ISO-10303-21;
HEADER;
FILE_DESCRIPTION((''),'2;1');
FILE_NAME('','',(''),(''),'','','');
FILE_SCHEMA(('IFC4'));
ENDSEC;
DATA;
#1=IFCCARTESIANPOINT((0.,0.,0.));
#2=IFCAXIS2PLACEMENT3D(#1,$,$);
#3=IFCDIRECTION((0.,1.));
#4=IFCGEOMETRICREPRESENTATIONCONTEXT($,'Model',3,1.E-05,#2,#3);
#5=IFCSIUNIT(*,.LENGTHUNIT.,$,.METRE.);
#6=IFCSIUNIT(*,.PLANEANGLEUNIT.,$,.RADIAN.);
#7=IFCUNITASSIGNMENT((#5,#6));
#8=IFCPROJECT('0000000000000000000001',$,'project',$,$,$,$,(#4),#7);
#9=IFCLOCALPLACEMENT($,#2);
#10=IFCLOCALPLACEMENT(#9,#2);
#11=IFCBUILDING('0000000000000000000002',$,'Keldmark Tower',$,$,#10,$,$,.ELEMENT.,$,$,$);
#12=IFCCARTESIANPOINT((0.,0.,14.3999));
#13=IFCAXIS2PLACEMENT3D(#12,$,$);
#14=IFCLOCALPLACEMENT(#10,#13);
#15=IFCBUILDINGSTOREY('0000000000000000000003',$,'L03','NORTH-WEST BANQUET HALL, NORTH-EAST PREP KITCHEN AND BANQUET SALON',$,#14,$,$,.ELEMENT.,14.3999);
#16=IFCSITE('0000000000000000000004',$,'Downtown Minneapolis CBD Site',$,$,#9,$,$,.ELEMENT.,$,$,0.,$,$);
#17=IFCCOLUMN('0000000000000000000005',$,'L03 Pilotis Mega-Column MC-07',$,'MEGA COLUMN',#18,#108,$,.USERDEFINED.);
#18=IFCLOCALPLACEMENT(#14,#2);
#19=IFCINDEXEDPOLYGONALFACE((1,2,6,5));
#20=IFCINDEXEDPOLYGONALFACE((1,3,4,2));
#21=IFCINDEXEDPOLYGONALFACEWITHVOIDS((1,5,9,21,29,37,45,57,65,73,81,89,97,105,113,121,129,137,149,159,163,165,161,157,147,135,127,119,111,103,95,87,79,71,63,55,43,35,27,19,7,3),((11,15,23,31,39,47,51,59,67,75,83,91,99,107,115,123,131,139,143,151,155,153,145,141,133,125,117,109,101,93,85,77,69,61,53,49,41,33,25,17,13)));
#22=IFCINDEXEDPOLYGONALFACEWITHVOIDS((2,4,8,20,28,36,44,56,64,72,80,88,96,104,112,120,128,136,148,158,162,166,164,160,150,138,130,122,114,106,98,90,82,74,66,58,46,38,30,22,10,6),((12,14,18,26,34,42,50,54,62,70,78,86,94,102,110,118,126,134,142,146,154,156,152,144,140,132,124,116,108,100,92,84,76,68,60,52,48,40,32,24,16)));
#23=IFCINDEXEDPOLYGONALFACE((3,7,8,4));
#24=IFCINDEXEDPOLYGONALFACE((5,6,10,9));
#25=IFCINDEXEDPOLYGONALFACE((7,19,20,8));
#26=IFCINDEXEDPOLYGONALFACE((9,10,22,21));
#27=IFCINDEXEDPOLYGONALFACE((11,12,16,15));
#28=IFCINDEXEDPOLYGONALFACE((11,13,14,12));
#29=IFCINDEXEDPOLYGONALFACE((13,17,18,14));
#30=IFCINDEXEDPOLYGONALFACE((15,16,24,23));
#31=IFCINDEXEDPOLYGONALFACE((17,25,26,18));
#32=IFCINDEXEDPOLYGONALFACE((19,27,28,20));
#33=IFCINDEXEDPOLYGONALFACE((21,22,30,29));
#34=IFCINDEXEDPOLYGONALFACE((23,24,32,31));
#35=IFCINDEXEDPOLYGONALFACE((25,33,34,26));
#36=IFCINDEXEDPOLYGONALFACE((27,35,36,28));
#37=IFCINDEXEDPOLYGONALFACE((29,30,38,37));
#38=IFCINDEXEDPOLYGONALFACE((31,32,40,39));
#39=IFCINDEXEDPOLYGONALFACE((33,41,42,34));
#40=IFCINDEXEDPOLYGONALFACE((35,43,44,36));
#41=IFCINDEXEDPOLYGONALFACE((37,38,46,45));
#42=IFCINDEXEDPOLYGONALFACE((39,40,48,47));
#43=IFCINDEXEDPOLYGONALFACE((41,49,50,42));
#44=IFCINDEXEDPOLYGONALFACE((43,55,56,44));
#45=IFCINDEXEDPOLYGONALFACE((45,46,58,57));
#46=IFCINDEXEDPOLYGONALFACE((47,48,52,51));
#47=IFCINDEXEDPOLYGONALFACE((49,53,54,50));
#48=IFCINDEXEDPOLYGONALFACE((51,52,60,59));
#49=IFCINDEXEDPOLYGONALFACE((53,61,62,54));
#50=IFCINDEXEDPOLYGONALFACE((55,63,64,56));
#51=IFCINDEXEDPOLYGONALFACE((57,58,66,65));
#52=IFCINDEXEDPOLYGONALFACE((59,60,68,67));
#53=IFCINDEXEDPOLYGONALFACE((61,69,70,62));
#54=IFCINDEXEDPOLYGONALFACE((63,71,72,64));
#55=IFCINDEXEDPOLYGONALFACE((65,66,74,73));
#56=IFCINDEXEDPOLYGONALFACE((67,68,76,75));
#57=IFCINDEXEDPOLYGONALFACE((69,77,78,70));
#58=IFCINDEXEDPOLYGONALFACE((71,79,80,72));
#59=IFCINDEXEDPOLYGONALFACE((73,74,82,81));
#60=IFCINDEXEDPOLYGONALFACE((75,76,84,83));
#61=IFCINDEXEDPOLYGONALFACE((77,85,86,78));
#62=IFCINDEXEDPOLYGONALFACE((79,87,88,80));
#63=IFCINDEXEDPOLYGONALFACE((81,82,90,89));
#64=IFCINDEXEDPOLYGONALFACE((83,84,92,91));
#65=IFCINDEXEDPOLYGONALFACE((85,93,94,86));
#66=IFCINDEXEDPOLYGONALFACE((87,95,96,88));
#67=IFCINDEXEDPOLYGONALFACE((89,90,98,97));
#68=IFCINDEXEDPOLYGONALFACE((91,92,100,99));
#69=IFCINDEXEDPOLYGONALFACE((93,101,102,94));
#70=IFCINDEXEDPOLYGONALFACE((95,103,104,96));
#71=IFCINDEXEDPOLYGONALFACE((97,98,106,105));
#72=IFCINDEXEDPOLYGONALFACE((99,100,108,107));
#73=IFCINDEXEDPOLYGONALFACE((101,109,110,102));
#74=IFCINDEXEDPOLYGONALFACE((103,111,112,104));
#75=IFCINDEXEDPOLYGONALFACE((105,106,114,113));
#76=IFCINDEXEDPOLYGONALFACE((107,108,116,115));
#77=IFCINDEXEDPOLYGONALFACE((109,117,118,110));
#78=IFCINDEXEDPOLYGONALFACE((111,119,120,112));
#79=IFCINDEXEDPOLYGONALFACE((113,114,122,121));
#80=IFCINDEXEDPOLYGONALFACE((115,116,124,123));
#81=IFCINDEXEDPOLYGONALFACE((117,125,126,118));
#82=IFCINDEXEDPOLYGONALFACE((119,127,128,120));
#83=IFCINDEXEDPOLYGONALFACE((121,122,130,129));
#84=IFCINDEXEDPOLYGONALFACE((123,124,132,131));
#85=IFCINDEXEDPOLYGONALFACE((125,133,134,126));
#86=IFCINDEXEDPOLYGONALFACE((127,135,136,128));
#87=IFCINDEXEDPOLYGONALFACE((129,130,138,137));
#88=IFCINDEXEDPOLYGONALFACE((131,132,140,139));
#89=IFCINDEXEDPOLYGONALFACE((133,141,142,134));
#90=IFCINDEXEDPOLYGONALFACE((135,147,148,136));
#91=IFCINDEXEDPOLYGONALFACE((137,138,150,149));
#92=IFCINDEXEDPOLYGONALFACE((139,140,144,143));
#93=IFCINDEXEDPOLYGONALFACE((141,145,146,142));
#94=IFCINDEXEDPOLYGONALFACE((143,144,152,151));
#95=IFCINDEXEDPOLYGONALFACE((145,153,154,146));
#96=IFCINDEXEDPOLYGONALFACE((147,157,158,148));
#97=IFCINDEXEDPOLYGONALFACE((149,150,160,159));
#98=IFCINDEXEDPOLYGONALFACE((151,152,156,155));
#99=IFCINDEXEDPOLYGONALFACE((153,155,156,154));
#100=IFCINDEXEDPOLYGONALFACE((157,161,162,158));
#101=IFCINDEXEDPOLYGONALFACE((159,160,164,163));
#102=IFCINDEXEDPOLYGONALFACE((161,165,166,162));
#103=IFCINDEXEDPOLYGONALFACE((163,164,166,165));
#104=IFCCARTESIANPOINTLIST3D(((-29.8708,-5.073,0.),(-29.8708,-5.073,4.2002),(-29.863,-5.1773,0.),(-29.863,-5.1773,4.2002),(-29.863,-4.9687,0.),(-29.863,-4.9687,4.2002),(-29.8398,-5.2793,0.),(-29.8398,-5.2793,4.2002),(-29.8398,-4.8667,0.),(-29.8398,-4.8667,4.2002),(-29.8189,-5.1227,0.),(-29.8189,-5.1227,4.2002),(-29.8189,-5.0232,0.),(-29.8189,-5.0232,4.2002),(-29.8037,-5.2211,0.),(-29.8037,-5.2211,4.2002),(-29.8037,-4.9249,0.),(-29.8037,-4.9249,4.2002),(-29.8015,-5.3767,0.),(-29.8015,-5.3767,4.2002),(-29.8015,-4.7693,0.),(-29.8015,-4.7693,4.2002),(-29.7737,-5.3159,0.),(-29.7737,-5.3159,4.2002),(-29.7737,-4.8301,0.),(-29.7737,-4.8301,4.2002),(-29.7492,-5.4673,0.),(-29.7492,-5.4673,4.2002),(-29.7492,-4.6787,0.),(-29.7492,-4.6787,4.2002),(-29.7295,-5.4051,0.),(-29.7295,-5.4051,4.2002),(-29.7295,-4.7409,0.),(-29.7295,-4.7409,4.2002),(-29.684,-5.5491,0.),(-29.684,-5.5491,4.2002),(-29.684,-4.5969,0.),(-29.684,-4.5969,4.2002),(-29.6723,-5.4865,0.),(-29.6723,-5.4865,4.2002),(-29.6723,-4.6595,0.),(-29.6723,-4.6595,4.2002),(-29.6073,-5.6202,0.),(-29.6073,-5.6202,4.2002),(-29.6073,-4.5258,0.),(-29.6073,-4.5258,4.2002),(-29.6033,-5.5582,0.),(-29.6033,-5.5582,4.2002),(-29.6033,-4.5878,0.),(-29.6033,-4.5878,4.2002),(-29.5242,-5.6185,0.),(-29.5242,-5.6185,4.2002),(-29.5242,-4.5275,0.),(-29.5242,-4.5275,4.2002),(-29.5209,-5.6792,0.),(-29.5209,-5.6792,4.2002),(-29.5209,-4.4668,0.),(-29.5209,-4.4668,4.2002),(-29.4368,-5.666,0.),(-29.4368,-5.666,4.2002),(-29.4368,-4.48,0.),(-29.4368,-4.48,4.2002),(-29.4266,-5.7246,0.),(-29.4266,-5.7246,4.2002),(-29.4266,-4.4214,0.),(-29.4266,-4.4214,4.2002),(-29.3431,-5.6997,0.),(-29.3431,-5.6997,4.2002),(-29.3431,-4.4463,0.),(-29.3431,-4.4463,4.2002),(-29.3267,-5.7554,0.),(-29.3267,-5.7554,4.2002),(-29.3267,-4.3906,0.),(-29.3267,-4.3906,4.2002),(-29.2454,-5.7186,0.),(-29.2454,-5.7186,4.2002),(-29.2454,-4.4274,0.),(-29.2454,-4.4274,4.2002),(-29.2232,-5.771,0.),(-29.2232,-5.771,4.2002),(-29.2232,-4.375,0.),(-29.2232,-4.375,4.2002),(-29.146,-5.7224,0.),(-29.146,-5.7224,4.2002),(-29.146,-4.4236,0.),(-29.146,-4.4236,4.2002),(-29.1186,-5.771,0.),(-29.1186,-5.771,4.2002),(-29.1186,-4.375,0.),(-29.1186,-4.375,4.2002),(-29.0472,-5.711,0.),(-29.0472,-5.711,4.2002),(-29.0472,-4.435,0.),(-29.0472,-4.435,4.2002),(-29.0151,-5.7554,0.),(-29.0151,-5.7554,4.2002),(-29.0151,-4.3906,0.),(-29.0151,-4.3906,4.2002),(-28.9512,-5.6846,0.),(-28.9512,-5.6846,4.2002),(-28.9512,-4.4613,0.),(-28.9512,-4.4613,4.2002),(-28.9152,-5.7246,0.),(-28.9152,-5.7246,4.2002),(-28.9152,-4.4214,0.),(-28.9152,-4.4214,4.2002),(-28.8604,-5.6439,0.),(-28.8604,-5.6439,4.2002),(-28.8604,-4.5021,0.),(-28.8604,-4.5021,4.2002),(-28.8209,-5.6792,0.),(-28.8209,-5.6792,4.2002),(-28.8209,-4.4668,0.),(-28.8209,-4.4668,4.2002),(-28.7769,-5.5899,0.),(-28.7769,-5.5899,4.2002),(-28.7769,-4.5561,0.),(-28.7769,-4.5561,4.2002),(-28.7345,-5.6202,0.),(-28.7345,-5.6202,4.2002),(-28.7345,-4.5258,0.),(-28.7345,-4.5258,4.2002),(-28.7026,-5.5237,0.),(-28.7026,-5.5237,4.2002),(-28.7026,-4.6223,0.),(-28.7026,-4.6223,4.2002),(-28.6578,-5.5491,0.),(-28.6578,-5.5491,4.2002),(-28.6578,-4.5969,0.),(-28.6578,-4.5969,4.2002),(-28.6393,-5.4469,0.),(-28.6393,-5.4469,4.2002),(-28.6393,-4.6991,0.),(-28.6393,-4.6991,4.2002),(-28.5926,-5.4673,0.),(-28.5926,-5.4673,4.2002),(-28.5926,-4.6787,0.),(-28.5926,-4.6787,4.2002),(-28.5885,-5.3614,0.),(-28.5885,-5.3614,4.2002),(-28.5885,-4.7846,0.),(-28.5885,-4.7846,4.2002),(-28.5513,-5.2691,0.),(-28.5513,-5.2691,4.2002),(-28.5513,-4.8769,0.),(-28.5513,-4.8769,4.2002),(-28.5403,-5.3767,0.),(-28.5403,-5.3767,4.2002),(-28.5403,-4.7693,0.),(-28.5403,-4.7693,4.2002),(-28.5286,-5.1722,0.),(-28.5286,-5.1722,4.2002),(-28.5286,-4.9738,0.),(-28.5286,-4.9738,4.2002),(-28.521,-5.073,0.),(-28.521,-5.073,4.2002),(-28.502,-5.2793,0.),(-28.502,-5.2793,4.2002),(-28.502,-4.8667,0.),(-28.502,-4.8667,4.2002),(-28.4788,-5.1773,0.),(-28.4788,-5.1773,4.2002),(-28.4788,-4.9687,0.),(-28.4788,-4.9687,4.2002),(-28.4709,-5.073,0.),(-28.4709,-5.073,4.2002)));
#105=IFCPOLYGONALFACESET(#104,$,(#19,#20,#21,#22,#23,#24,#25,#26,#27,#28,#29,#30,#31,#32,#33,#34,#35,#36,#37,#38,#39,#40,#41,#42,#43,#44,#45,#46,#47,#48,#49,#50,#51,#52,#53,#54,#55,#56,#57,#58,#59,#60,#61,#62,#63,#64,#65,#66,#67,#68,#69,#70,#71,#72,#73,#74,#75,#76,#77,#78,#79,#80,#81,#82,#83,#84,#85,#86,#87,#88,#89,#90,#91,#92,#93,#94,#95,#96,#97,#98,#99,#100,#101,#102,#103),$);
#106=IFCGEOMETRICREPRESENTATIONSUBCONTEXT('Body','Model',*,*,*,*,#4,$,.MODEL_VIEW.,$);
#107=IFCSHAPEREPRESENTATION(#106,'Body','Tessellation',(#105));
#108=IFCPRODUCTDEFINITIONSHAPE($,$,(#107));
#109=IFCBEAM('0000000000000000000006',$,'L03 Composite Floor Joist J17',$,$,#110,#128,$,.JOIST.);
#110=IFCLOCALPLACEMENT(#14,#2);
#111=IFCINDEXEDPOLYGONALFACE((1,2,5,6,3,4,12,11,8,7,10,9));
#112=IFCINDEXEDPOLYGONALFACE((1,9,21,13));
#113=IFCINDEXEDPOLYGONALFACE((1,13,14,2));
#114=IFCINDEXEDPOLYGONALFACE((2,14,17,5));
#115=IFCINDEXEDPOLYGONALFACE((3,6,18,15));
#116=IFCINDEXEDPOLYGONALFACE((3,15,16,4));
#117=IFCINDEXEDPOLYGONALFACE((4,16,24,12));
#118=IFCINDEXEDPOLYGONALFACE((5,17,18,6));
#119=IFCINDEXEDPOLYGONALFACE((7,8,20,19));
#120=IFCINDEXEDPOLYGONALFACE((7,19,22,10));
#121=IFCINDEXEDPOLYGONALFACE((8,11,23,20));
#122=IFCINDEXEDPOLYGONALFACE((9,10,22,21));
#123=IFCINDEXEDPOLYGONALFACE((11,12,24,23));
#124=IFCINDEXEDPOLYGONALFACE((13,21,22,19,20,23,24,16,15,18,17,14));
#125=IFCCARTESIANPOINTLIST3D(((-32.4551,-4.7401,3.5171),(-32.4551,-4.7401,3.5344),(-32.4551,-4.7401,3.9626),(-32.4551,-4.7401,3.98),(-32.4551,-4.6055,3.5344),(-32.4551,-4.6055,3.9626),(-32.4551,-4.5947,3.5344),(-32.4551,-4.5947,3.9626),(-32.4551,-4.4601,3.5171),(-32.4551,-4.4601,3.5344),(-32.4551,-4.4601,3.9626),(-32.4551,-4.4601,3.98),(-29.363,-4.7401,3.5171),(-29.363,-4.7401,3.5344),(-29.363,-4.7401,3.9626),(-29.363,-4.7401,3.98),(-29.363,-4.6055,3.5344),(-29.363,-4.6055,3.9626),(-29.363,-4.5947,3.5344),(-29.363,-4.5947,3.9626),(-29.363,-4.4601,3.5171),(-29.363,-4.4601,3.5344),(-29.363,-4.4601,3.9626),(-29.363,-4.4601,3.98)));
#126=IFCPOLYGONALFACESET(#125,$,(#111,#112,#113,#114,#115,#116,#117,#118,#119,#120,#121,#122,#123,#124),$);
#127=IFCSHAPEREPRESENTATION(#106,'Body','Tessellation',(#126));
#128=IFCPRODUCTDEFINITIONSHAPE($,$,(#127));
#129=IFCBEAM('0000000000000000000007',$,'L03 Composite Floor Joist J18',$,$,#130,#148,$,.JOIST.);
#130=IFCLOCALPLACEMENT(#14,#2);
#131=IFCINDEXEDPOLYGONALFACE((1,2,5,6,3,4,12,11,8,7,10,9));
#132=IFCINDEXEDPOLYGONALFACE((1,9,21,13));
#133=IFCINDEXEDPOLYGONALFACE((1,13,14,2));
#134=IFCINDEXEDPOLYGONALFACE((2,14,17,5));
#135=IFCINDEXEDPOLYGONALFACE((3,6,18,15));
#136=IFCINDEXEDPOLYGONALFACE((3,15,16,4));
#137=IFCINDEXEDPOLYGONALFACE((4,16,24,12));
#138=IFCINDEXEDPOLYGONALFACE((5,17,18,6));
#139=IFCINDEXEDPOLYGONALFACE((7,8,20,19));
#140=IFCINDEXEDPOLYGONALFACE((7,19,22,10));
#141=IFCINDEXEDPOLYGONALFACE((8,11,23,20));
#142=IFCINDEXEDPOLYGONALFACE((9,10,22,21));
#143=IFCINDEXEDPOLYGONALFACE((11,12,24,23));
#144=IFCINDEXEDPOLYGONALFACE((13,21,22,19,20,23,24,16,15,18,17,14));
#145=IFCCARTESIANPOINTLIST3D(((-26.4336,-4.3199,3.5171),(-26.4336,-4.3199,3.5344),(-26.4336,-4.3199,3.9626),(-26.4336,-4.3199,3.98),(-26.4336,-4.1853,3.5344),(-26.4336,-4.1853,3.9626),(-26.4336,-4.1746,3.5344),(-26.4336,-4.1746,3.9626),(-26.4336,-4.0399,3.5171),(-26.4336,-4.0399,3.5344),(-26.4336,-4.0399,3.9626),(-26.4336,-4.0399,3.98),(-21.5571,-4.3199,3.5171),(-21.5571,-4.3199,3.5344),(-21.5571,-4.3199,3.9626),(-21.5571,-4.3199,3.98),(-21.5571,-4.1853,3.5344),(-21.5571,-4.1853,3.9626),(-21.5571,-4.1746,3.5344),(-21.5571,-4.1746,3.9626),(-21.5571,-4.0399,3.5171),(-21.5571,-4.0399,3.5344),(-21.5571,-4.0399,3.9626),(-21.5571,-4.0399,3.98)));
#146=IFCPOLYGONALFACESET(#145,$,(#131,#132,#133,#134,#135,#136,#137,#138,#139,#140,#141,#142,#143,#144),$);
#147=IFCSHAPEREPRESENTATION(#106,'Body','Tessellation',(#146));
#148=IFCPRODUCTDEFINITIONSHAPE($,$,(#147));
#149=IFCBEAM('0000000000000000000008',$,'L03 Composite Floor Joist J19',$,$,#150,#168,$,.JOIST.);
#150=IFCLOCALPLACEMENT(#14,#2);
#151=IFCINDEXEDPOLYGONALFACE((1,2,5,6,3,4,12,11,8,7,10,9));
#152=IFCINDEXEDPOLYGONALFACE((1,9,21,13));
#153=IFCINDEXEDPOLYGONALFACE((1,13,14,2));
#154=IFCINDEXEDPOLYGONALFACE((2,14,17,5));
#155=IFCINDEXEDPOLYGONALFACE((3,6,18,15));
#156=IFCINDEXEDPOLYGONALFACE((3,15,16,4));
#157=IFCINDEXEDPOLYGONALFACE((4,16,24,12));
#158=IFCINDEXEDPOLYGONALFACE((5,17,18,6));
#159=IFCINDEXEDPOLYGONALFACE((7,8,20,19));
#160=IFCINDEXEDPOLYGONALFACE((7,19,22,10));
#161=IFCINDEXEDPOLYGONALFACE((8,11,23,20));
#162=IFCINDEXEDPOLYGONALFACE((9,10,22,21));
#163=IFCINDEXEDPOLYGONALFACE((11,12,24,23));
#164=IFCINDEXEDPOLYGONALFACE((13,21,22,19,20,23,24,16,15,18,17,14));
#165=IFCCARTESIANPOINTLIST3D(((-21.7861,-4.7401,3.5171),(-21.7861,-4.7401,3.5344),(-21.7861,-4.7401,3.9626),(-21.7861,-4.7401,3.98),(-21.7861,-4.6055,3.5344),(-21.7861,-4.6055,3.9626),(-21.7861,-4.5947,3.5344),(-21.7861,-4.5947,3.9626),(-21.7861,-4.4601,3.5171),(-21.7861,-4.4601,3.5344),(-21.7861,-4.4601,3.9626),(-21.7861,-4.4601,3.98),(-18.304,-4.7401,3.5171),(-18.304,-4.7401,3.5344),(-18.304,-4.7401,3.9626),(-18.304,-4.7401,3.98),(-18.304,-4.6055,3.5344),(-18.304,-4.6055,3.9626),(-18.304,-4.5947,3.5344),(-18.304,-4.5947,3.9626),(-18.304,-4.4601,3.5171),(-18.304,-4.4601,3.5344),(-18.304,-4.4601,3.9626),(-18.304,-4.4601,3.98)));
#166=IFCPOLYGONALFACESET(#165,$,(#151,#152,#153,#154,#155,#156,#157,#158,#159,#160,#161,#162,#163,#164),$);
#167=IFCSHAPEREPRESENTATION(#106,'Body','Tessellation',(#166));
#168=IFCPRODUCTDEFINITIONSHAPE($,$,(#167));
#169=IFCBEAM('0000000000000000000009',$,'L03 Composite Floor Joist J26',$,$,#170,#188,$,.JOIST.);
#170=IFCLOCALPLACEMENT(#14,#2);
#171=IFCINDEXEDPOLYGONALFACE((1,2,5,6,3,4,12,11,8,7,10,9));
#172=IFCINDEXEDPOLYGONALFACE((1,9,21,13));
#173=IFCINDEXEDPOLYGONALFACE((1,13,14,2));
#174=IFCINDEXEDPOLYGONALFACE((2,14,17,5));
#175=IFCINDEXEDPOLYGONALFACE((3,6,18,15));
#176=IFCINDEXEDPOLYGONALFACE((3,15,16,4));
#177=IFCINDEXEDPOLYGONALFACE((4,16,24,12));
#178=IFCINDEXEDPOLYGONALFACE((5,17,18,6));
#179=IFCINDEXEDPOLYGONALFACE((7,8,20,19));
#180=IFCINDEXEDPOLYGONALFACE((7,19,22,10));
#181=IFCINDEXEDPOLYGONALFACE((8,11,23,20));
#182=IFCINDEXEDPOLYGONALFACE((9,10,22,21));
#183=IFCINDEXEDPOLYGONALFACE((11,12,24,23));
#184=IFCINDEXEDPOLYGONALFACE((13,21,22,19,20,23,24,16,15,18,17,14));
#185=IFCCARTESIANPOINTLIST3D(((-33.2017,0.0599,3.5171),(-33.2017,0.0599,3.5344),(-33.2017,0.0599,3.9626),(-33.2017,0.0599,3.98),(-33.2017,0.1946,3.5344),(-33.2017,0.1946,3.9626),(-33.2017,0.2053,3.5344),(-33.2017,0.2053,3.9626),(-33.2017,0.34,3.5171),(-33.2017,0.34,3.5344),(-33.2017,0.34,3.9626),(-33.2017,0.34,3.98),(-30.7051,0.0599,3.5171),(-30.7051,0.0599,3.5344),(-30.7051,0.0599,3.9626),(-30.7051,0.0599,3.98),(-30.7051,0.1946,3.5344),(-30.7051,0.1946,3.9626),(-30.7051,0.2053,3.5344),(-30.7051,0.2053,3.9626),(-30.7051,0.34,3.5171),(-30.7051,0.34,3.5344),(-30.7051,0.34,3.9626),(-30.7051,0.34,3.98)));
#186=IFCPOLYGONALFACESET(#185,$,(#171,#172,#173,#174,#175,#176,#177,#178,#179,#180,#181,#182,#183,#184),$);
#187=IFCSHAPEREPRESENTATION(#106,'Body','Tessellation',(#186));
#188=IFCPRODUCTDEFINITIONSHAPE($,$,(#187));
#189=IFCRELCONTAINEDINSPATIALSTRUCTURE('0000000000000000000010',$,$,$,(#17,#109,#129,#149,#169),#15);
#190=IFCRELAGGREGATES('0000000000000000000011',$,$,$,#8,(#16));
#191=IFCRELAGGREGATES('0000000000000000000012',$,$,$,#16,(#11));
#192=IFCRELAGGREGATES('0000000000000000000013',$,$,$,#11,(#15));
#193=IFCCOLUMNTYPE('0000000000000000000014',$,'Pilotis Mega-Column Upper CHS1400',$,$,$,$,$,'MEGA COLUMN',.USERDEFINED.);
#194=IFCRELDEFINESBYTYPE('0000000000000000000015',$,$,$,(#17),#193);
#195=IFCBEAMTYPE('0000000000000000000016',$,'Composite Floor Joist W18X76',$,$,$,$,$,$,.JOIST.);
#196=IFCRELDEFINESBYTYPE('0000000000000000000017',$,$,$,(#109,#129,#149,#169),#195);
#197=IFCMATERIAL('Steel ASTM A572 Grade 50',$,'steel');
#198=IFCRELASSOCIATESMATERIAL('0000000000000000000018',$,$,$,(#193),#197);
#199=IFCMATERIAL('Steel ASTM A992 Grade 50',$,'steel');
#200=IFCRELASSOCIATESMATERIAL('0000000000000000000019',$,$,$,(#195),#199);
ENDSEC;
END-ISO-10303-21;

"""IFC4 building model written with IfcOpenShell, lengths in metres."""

from ifc_helpers import new_model, si_unit, direction, frame, origin, origin_2d, place, context, subcontext, project, spatial, hollow_circle, i_section, extrude, material, material_profile, profile_set, type_object, element, save


model = new_model("IFC4")

# Units and contexts
model_context = context("Model", 3, precision=1e-05, world=origin(), true_north=direction((0.0, 1.0)))
body_context = subcontext(model_context, "Body", "Model", "MODEL_VIEW")
ifc_project = project(units=[si_unit("LENGTHUNIT", "METRE"), si_unit("PLANEANGLEUNIT", "RADIAN")], contexts=[model_context])

# Site, building, storey
site_placement = place(None, origin())
site = spatial("IfcSite", under=ifc_project, at=site_placement, Name="Downtown Minneapolis CBD Site", CompositionType="ELEMENT", RefElevation=0.0)
building_placement = place(site_placement, origin())
building = spatial("IfcBuilding", under=site, at=building_placement, Name="Keldmark Tower", CompositionType="ELEMENT")
storey_placement = place(building_placement, frame((0.0, 0.0, 14.3999)))
storey = spatial("IfcBuildingStorey", under=building, at=storey_placement, Name="L03", Description="NORTH-WEST BANQUET HALL, NORTH-EAST PREP KITCHEN AND BANQUET SALON", CompositionType="ELEMENT", Elevation=14.3999)

# Column
ifc_material_1 = material(Name="Steel ASTM A572 Grade 50", Category="steel")
ifc_material_profile_1 = material_profile(ifc_material_1, hollow_circle(Radius=0.7, WallThickness=0.05, at=origin_2d()), Name="CHS1400X50")
ifc_profile_set_1 = profile_set([ifc_material_profile_1], Name="Steel ASTM A572 Grade 50")
column_type = type_object("IfcColumnType", Name="Pilotis Mega-Column Upper CHS1400", ElementType="MEGA COLUMN", PredefinedType="USERDEFINED", material=ifc_profile_set_1)
column_placement = place(storey_placement, frame((-29.1709, -5.073, 0.0), z_axis=(0.0, 0.0, 1.0), x_axis=(1.0, 0.0, 0.0)))
element("IfcColumn", 1, at=column_placement, inside=storey, type_object=column_type, Name="L03 Pilotis Mega-Column MC-07", ObjectType="MEGA COLUMN", PredefinedType="USERDEFINED", context=body_context, shape_type="SweptSolid", body=[
    extrude(hollow_circle(Radius=0.7, WallThickness=0.05, at=origin_2d()), origin(), (0.0, 0.0, 1.0), 4.2002),
])

# Beams
ifc_material_2 = material(Name="Steel ASTM A992 Grade 50", Category="steel")
ifc_material_profile_2 = material_profile(ifc_material_2, i_section(OverallWidth=0.28, OverallDepth=0.4629, WebThickness=0.0107, FlangeThickness=0.0173, at=origin_2d()), Name="W18X76")
ifc_profile_set_2 = profile_set([ifc_material_profile_2], Name="Steel ASTM A992 Grade 50")
beam_type_1 = type_object("IfcBeamType", Name="Composite Floor Joist W18X76", PredefinedType="JOIST", material=ifc_profile_set_2)
beam_1_placement = place(storey_placement, frame((-32.4551, -4.6001, 3.7485), z_axis=(1.0, 0.0, 0.0), x_axis=(0.0, 1.0, 0.0)))
element("IfcBeam", 2, at=beam_1_placement, inside=storey, type_object=beam_type_1, Name="L03 Composite Floor Joist J17", PredefinedType="JOIST", context=body_context, shape_type="SweptSolid", body=[
    extrude(i_section(OverallWidth=0.28, OverallDepth=0.4629, WebThickness=0.0107, FlangeThickness=0.0173, at=origin_2d()), origin(), (0.0, 0.0, 1.0), 3.092),
])
beam_2_placement = place(storey_placement, frame((-26.4336, -4.1799, 3.7485), z_axis=(1.0, 0.0, 0.0), x_axis=(0.0, 1.0, 0.0)))
element("IfcBeam", 3, at=beam_2_placement, inside=storey, type_object=beam_type_1, Name="L03 Composite Floor Joist J18", PredefinedType="JOIST", context=body_context, shape_type="SweptSolid", body=[
    extrude(i_section(OverallWidth=0.28, OverallDepth=0.4629, WebThickness=0.0107, FlangeThickness=0.0173, at=origin_2d()), origin(), (0.0, 0.0, 1.0), 4.8765),
])
beam_3_placement = place(storey_placement, frame((-21.7861, -4.6001, 3.7485), z_axis=(1.0, 0.0, 0.0), x_axis=(0.0, 1.0, 0.0)))
element("IfcBeam", 4, at=beam_3_placement, inside=storey, type_object=beam_type_1, Name="L03 Composite Floor Joist J19", PredefinedType="JOIST", context=body_context, shape_type="SweptSolid", body=[
    extrude(i_section(OverallWidth=0.28, OverallDepth=0.4629, WebThickness=0.0107, FlangeThickness=0.0173, at=origin_2d()), origin(), (0.0, 0.0, 1.0), 3.4822),
])
beam_4_placement = place(storey_placement, frame((-33.2017, 0.2, 3.7485), z_axis=(1.0, 0.0, 0.0), x_axis=(0.0, 1.0, 0.0)))
element("IfcBeam", 5, at=beam_4_placement, inside=storey, type_object=beam_type_1, Name="L03 Composite Floor Joist J26", PredefinedType="JOIST", context=body_context, shape_type="SweptSolid", body=[
    extrude(i_section(OverallWidth=0.28, OverallDepth=0.4629, WebThickness=0.0107, FlangeThickness=0.0173, at=origin_2d()), origin(), (0.0, 0.0, 1.0), 2.4966),
])

save(model, "model.ifc")
